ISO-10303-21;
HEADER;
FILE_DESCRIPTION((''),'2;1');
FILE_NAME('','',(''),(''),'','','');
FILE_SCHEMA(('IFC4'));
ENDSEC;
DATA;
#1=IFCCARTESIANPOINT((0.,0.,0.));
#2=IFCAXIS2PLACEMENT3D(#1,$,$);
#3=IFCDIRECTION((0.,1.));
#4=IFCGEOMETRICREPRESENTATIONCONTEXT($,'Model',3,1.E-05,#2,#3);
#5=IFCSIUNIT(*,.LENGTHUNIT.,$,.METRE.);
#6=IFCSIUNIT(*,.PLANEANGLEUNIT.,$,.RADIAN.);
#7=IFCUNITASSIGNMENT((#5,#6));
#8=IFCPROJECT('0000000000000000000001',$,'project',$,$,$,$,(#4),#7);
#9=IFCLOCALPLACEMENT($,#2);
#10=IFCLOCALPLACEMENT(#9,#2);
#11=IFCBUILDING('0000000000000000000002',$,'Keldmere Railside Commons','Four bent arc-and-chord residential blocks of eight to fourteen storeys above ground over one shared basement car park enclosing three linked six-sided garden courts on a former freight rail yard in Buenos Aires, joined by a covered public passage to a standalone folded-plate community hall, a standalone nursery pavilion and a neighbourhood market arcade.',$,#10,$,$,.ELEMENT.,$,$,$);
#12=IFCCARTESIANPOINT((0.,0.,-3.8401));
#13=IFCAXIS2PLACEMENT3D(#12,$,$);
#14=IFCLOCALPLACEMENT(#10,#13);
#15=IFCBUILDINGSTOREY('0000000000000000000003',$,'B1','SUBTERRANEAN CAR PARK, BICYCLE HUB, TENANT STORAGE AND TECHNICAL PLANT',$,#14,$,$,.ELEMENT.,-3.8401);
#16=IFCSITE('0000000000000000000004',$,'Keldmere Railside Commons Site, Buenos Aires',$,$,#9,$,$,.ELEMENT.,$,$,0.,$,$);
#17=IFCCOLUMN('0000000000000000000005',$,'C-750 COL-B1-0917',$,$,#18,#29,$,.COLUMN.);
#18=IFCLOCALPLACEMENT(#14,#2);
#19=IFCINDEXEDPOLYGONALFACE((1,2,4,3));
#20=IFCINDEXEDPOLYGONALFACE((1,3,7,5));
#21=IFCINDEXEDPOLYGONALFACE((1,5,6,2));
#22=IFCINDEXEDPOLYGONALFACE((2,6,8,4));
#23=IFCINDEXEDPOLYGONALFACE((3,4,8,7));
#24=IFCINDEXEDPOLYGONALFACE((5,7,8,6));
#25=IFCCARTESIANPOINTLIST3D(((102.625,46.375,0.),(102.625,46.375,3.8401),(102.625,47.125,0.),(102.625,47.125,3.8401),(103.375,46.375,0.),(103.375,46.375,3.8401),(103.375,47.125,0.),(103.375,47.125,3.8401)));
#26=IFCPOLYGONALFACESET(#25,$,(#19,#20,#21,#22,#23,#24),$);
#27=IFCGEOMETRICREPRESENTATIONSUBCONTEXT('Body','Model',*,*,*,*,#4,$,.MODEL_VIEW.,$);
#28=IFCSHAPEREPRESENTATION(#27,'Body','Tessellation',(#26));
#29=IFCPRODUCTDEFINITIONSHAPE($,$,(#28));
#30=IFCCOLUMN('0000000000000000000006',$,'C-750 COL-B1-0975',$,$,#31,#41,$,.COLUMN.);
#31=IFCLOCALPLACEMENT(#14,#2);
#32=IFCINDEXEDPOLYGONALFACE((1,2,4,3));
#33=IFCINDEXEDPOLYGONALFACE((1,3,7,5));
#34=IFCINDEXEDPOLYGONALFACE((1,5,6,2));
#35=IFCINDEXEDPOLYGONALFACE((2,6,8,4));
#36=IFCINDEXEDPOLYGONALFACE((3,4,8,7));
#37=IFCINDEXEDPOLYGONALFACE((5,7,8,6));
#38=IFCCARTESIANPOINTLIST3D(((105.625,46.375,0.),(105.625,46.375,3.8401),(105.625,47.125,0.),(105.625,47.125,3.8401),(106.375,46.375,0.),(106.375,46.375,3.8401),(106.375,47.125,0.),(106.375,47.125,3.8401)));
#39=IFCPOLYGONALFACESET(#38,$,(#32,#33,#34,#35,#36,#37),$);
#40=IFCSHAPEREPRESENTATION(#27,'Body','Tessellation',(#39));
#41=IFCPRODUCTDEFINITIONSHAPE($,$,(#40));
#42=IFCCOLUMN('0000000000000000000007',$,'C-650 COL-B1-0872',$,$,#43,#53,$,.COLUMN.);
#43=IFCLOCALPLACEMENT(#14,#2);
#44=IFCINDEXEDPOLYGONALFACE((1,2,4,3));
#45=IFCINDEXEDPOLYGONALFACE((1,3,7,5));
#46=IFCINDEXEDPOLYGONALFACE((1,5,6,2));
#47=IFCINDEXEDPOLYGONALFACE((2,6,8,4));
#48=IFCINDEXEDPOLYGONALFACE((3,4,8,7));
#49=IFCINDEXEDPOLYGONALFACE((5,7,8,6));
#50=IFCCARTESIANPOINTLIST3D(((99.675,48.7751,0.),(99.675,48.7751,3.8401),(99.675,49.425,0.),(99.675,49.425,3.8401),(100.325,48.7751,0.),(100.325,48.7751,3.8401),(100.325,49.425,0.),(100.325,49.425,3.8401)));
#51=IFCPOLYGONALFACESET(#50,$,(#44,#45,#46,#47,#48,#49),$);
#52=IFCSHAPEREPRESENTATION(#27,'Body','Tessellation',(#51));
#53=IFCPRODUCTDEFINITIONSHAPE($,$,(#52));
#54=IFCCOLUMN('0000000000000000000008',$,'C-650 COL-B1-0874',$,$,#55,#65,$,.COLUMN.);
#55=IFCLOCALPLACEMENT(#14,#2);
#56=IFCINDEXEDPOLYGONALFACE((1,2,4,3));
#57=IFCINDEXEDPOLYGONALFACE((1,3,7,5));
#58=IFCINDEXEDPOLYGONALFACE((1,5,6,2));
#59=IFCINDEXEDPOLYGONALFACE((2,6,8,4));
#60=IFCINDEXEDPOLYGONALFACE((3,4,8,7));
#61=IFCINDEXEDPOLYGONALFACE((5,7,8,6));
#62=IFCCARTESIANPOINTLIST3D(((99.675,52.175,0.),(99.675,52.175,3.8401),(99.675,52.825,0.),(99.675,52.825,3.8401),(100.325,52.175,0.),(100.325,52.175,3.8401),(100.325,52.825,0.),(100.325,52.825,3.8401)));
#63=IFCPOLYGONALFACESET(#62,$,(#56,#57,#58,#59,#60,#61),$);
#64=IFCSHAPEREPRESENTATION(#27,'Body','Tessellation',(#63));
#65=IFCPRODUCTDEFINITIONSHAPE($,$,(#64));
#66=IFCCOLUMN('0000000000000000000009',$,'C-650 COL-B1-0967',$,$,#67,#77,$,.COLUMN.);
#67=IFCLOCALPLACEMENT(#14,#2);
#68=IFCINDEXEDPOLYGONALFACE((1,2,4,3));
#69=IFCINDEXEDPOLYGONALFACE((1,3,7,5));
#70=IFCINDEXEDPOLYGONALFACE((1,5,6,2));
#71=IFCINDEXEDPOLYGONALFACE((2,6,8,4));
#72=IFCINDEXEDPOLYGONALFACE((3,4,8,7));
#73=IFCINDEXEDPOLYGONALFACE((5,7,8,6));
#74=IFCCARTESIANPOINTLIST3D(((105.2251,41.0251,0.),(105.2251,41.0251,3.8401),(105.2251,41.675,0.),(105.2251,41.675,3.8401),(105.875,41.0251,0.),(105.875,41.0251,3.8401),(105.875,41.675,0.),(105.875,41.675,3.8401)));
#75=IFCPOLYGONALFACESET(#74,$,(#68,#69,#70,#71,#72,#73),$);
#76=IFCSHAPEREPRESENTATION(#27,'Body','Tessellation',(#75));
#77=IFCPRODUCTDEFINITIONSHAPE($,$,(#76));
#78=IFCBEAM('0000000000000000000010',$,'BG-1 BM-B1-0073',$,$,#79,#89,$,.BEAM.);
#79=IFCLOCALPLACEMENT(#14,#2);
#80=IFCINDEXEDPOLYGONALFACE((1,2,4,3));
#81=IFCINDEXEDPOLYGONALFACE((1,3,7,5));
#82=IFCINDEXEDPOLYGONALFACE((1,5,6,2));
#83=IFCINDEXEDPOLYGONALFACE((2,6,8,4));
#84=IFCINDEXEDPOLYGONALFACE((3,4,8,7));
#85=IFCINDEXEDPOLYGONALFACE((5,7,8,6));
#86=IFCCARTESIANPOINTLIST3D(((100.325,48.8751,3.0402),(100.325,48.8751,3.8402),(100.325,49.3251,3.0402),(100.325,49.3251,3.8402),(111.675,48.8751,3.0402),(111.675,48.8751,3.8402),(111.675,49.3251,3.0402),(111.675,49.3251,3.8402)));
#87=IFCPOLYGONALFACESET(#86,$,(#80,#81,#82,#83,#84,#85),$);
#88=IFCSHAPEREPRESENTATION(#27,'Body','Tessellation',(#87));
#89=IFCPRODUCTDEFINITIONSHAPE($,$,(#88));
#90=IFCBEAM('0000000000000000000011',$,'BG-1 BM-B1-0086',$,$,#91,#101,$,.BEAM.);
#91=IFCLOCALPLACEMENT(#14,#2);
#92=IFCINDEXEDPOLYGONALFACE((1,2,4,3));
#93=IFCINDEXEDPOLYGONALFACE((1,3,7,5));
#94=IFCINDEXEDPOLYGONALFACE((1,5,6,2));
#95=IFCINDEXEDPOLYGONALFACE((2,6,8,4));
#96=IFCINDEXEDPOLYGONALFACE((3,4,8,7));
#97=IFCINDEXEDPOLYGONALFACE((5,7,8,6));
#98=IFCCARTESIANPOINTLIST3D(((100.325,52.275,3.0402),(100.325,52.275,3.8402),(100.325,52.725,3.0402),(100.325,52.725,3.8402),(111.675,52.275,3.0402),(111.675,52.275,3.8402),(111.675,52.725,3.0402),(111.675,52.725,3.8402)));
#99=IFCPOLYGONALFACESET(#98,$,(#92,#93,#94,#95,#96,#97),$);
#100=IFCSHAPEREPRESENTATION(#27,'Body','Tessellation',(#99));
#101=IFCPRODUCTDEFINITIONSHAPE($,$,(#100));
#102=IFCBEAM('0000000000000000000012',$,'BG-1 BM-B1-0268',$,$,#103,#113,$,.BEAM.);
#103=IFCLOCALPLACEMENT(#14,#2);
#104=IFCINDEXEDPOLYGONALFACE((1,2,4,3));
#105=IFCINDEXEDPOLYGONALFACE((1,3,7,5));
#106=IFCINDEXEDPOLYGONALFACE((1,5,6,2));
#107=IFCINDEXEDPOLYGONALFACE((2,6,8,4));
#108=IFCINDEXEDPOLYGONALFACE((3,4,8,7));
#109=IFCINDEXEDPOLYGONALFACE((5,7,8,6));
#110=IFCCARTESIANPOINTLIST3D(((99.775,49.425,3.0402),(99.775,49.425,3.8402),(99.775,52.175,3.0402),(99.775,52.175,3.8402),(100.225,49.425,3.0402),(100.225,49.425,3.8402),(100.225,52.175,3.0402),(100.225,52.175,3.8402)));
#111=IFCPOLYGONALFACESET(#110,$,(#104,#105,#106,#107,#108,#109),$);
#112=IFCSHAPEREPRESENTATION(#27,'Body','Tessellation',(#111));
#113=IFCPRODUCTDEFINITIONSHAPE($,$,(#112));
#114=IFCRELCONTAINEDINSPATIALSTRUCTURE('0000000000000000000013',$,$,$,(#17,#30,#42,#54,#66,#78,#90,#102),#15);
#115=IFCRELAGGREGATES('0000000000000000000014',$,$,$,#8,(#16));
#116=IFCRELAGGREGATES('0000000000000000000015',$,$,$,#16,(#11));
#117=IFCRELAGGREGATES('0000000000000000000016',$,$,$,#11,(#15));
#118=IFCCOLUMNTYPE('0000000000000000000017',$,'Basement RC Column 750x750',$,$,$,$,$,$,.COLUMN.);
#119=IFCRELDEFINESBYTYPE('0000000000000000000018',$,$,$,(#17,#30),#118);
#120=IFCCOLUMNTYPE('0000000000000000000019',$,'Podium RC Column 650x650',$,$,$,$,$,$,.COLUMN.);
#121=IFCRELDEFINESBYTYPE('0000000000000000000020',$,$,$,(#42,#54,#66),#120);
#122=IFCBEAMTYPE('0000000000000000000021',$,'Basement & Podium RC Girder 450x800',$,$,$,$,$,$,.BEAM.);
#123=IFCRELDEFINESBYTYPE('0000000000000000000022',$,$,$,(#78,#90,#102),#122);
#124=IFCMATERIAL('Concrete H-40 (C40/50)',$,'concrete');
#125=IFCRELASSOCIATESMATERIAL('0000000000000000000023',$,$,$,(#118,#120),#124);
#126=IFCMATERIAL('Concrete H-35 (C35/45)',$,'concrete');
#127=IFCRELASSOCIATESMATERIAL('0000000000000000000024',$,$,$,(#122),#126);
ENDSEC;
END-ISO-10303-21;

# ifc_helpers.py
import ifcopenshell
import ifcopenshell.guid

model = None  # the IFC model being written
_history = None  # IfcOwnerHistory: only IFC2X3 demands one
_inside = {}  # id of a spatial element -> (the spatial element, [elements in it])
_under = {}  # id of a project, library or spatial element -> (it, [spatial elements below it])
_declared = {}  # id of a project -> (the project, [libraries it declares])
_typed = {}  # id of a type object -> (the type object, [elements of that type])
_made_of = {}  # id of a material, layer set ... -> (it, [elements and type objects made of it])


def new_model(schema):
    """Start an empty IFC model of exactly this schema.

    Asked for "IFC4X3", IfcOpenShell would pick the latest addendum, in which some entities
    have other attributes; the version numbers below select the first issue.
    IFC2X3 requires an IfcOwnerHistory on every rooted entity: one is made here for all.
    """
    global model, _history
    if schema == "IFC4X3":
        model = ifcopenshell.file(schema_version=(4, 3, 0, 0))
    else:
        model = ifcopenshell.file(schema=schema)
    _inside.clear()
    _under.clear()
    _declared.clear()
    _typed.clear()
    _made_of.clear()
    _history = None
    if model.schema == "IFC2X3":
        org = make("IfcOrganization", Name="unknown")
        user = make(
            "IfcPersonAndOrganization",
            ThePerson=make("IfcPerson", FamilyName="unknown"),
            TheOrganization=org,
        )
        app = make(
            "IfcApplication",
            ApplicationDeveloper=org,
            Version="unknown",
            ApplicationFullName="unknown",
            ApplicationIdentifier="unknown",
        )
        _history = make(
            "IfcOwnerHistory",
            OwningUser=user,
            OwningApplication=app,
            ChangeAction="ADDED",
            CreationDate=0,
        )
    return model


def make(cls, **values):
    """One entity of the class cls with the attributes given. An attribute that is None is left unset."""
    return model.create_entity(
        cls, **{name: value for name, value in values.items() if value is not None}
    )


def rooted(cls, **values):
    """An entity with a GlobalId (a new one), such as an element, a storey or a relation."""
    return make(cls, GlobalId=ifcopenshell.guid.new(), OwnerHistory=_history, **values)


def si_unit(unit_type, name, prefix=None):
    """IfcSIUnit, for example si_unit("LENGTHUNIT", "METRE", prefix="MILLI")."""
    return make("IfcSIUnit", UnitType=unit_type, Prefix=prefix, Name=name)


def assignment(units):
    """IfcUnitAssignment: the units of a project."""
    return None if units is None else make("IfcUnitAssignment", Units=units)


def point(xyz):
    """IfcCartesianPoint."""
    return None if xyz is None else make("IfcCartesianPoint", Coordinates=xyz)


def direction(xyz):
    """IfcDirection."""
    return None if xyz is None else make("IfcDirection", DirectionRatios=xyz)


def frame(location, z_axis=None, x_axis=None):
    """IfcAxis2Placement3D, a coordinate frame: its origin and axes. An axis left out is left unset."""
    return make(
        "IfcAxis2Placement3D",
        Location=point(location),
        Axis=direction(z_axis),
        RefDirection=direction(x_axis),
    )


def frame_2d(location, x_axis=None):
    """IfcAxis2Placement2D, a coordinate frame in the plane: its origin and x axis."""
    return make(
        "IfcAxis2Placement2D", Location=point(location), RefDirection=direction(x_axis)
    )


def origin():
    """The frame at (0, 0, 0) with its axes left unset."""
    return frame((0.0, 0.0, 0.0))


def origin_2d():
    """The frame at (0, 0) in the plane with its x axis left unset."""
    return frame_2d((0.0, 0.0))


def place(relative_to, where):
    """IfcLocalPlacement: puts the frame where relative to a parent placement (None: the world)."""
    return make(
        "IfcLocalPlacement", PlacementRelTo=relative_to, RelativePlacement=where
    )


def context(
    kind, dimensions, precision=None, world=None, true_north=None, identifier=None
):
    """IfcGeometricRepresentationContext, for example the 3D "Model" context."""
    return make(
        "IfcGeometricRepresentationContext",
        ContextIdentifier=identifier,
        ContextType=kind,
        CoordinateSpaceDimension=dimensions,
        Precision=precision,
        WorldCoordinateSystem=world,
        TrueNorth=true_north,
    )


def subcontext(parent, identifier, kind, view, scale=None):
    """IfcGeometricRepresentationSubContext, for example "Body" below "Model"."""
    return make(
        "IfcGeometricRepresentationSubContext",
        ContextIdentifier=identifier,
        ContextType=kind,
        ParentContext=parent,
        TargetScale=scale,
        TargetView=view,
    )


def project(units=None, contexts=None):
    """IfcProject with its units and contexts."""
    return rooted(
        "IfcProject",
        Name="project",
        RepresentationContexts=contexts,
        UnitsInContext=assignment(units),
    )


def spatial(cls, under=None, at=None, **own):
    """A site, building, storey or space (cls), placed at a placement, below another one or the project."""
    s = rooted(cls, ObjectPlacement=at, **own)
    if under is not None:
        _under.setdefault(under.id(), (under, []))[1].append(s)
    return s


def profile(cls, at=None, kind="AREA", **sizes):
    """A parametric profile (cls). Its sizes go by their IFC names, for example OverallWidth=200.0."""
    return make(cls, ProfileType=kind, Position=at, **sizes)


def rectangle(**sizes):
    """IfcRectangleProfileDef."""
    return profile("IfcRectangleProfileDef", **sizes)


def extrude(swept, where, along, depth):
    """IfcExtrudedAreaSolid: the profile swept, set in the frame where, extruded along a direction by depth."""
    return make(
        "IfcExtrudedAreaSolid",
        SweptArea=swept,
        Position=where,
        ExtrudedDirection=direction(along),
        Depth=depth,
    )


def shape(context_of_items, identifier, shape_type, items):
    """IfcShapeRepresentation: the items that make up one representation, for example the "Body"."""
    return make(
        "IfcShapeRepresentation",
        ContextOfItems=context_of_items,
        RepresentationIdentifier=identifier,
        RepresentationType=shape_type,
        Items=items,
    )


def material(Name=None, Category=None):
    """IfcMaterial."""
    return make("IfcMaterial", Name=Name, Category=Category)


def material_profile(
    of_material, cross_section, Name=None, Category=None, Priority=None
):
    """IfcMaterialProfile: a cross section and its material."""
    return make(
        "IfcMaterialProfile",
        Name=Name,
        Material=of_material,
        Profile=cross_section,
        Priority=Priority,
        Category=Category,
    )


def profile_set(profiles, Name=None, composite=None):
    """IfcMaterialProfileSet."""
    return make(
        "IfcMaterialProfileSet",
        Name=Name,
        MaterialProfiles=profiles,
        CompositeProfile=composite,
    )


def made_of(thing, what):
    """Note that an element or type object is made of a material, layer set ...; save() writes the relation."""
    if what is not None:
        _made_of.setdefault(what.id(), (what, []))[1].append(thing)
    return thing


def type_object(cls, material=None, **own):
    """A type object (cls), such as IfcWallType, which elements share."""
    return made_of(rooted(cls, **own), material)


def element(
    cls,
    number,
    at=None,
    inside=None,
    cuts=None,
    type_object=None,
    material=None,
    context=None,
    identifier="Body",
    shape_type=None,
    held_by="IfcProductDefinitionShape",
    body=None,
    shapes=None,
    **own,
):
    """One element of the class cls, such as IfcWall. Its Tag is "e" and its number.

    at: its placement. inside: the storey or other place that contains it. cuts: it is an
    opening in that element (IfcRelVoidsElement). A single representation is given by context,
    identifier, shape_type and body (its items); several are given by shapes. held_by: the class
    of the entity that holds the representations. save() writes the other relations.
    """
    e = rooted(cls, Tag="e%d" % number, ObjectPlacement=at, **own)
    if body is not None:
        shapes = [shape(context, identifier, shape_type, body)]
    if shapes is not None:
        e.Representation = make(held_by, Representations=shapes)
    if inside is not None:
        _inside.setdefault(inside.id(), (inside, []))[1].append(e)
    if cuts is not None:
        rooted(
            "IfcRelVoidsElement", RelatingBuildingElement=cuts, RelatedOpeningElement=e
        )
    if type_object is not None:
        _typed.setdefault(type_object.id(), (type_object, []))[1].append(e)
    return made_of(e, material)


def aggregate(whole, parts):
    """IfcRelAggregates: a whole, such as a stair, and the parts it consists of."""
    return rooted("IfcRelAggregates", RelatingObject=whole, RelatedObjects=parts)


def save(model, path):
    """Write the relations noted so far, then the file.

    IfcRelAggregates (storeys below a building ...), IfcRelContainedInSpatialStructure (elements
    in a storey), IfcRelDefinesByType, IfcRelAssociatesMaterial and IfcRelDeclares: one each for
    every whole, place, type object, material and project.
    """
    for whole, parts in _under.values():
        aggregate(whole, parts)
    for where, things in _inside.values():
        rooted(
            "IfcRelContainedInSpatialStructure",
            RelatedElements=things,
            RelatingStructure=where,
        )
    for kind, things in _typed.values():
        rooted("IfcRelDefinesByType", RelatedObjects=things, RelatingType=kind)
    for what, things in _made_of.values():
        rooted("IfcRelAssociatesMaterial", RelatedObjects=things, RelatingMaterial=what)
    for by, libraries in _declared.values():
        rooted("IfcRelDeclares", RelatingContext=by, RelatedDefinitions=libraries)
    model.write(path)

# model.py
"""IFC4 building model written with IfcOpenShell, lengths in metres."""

from ifc_helpers import new_model, si_unit, direction, frame, origin, origin_2d, place, context, subcontext, project, spatial, rectangle, extrude, material, material_profile, profile_set, type_object, element, save


model = new_model("IFC4")

# Units and contexts
model_context = context("Model", 3, precision=1e-05, world=origin(), true_north=direction((0.0, 1.0)))
body_context = subcontext(model_context, "Body", "Model", "MODEL_VIEW")
ifc_project = project(units=[si_unit("LENGTHUNIT", "METRE"), si_unit("PLANEANGLEUNIT", "RADIAN")], contexts=[model_context])

# Site, building, storey
site_placement = place(None, origin())
site = spatial("IfcSite", under=ifc_project, at=site_placement, Name="Keldmere Railside Commons Site, Buenos Aires", CompositionType="ELEMENT", RefElevation=0.0)
building_placement = place(site_placement, origin())
building = spatial("IfcBuilding", under=site, at=building_placement, Name="Keldmere Railside Commons", Description="Four bent arc-and-chord residential blocks of eight to fourteen storeys above ground over one shared basement car park enclosing three linked six-sided garden courts on a former freight rail yard in Buenos Aires, joined by a covered public passage to a standalone folded-plate community hall, a standalone nursery pavilion and a neighbourhood market arcade.", CompositionType="ELEMENT")
storey_placement = place(building_placement, frame((0.0, 0.0, -3.8401)))
storey = spatial("IfcBuildingStorey", under=building, at=storey_placement, Name="B1", Description="SUBTERRANEAN CAR PARK, BICYCLE HUB, TENANT STORAGE AND TECHNICAL PLANT", CompositionType="ELEMENT", Elevation=-3.8401)

# Shared definitions
ifc_material_1 = material(Name="Concrete H-40 (C40/50)", Category="concrete")

# Columns
ifc_material_profile_1 = material_profile(ifc_material_1, rectangle(XDim=0.75, YDim=0.75, at=origin_2d()), Name="RC-750x750")
ifc_profile_set_1 = profile_set([ifc_material_profile_1], Name="Concrete H-40 (C40/50)")
column_type_1 = type_object("IfcColumnType", Name="Basement RC Column 750x750", PredefinedType="COLUMN", material=ifc_profile_set_1)
for number, where, z_axis, x_axis, name in (
    (1, (103.0, 46.75, 0.0), (0.0, 0.0, 1.0), (1.0, 0.0, 0.0), "C-750 COL-B1-0917"),
    (2, (106.0, 46.75, 0.0), (0.0, 0.0, 1.0), (1.0, 0.0, 0.0), "C-750 COL-B1-0975"),
):
    element("IfcColumn", number, at=place(storey_placement, frame(where, z_axis=z_axis, x_axis=x_axis)), inside=storey, type_object=column_type_1, Name=name, PredefinedType="COLUMN", context=body_context, shape_type="SweptSolid", body=[
        extrude(rectangle(XDim=0.75, YDim=0.75, at=origin_2d()), origin(), (0.0, 0.0, 1.0), 3.8401),
    ])
ifc_material_profile_2 = material_profile(ifc_material_1, rectangle(XDim=0.6499, YDim=0.6499, at=origin_2d()), Name="RC-650x650")
ifc_profile_set_2 = profile_set([ifc_material_profile_2], Name="Concrete H-40 (C40/50)")
column_type_2 = type_object("IfcColumnType", Name="Podium RC Column 650x650", PredefinedType="COLUMN", material=ifc_profile_set_2)
for number, where, z_axis, x_axis, name in (
    (3, (100.0, 49.1001, 0.0), (0.0, 0.0, 1.0), (1.0, 0.0, 0.0), "C-650 COL-B1-0872"),
    (4, (100.0, 52.5, 0.0), (0.0, 0.0, 1.0), (1.0, 0.0, 0.0), "C-650 COL-B1-0874"),
    (5, (105.55, 41.3501, 0.0), (0.0, 0.0, 1.0), (1.0, 0.0, 0.0), "C-650 COL-B1-0967"),
):
    element("IfcColumn", number, at=place(storey_placement, frame(where, z_axis=z_axis, x_axis=x_axis)), inside=storey, type_object=column_type_2, Name=name, PredefinedType="COLUMN", context=body_context, shape_type="SweptSolid", body=[
        extrude(rectangle(XDim=0.6499, YDim=0.6499, at=origin_2d()), origin(), (0.0, 0.0, 1.0), 3.8401),
    ])

# Beams
ifc_material_2 = material(Name="Concrete H-35 (C35/45)", Category="concrete")
ifc_material_profile_3 = material_profile(ifc_material_2, rectangle(XDim=0.45, YDim=0.8, at=origin_2d()), Name="RC-450x800")
ifc_profile_set_3 = profile_set([ifc_material_profile_3], Name="Concrete H-35 (C35/45)")
beam_type = type_object("IfcBeamType", Name="Basement & Podium RC Girder 450x800", PredefinedType="BEAM", material=ifc_profile_set_3)
for number, where, z_axis, x_axis, name in (
    (6, (100.325, 49.1001, 3.4402), (1.0, 0.0, 0.0), (0.0, 1.0, 0.0), "BG-1 BM-B1-0073"),
    (7, (100.325, 52.5, 3.4402), (1.0, 0.0, 0.0), (0.0, 1.0, 0.0), "BG-1 BM-B1-0086"),
):
    element("IfcBeam", number, at=place(storey_placement, frame(where, z_axis=z_axis, x_axis=x_axis)), inside=storey, type_object=beam_type, Name=name, PredefinedType="BEAM", context=body_context, shape_type="SweptSolid", body=[
        extrude(rectangle(XDim=0.45, YDim=0.8, at=origin_2d()), origin(), (0.0, 0.0, 1.0), 11.3501),
    ])
beam_placement = place(storey_placement, frame((100.0, 49.425, 3.4402), z_axis=(0.0, 1.0, 0.0), x_axis=(-1.0, 0.0, 0.0)))
element("IfcBeam", 8, at=beam_placement, inside=storey, type_object=beam_type, Name="BG-1 BM-B1-0268", PredefinedType="BEAM", context=body_context, shape_type="SweptSolid", body=[
    extrude(rectangle(XDim=0.45, YDim=0.8, at=origin_2d()), origin(), (0.0, 0.0, 1.0), 2.75),
])

save(model, "model.ifc")
